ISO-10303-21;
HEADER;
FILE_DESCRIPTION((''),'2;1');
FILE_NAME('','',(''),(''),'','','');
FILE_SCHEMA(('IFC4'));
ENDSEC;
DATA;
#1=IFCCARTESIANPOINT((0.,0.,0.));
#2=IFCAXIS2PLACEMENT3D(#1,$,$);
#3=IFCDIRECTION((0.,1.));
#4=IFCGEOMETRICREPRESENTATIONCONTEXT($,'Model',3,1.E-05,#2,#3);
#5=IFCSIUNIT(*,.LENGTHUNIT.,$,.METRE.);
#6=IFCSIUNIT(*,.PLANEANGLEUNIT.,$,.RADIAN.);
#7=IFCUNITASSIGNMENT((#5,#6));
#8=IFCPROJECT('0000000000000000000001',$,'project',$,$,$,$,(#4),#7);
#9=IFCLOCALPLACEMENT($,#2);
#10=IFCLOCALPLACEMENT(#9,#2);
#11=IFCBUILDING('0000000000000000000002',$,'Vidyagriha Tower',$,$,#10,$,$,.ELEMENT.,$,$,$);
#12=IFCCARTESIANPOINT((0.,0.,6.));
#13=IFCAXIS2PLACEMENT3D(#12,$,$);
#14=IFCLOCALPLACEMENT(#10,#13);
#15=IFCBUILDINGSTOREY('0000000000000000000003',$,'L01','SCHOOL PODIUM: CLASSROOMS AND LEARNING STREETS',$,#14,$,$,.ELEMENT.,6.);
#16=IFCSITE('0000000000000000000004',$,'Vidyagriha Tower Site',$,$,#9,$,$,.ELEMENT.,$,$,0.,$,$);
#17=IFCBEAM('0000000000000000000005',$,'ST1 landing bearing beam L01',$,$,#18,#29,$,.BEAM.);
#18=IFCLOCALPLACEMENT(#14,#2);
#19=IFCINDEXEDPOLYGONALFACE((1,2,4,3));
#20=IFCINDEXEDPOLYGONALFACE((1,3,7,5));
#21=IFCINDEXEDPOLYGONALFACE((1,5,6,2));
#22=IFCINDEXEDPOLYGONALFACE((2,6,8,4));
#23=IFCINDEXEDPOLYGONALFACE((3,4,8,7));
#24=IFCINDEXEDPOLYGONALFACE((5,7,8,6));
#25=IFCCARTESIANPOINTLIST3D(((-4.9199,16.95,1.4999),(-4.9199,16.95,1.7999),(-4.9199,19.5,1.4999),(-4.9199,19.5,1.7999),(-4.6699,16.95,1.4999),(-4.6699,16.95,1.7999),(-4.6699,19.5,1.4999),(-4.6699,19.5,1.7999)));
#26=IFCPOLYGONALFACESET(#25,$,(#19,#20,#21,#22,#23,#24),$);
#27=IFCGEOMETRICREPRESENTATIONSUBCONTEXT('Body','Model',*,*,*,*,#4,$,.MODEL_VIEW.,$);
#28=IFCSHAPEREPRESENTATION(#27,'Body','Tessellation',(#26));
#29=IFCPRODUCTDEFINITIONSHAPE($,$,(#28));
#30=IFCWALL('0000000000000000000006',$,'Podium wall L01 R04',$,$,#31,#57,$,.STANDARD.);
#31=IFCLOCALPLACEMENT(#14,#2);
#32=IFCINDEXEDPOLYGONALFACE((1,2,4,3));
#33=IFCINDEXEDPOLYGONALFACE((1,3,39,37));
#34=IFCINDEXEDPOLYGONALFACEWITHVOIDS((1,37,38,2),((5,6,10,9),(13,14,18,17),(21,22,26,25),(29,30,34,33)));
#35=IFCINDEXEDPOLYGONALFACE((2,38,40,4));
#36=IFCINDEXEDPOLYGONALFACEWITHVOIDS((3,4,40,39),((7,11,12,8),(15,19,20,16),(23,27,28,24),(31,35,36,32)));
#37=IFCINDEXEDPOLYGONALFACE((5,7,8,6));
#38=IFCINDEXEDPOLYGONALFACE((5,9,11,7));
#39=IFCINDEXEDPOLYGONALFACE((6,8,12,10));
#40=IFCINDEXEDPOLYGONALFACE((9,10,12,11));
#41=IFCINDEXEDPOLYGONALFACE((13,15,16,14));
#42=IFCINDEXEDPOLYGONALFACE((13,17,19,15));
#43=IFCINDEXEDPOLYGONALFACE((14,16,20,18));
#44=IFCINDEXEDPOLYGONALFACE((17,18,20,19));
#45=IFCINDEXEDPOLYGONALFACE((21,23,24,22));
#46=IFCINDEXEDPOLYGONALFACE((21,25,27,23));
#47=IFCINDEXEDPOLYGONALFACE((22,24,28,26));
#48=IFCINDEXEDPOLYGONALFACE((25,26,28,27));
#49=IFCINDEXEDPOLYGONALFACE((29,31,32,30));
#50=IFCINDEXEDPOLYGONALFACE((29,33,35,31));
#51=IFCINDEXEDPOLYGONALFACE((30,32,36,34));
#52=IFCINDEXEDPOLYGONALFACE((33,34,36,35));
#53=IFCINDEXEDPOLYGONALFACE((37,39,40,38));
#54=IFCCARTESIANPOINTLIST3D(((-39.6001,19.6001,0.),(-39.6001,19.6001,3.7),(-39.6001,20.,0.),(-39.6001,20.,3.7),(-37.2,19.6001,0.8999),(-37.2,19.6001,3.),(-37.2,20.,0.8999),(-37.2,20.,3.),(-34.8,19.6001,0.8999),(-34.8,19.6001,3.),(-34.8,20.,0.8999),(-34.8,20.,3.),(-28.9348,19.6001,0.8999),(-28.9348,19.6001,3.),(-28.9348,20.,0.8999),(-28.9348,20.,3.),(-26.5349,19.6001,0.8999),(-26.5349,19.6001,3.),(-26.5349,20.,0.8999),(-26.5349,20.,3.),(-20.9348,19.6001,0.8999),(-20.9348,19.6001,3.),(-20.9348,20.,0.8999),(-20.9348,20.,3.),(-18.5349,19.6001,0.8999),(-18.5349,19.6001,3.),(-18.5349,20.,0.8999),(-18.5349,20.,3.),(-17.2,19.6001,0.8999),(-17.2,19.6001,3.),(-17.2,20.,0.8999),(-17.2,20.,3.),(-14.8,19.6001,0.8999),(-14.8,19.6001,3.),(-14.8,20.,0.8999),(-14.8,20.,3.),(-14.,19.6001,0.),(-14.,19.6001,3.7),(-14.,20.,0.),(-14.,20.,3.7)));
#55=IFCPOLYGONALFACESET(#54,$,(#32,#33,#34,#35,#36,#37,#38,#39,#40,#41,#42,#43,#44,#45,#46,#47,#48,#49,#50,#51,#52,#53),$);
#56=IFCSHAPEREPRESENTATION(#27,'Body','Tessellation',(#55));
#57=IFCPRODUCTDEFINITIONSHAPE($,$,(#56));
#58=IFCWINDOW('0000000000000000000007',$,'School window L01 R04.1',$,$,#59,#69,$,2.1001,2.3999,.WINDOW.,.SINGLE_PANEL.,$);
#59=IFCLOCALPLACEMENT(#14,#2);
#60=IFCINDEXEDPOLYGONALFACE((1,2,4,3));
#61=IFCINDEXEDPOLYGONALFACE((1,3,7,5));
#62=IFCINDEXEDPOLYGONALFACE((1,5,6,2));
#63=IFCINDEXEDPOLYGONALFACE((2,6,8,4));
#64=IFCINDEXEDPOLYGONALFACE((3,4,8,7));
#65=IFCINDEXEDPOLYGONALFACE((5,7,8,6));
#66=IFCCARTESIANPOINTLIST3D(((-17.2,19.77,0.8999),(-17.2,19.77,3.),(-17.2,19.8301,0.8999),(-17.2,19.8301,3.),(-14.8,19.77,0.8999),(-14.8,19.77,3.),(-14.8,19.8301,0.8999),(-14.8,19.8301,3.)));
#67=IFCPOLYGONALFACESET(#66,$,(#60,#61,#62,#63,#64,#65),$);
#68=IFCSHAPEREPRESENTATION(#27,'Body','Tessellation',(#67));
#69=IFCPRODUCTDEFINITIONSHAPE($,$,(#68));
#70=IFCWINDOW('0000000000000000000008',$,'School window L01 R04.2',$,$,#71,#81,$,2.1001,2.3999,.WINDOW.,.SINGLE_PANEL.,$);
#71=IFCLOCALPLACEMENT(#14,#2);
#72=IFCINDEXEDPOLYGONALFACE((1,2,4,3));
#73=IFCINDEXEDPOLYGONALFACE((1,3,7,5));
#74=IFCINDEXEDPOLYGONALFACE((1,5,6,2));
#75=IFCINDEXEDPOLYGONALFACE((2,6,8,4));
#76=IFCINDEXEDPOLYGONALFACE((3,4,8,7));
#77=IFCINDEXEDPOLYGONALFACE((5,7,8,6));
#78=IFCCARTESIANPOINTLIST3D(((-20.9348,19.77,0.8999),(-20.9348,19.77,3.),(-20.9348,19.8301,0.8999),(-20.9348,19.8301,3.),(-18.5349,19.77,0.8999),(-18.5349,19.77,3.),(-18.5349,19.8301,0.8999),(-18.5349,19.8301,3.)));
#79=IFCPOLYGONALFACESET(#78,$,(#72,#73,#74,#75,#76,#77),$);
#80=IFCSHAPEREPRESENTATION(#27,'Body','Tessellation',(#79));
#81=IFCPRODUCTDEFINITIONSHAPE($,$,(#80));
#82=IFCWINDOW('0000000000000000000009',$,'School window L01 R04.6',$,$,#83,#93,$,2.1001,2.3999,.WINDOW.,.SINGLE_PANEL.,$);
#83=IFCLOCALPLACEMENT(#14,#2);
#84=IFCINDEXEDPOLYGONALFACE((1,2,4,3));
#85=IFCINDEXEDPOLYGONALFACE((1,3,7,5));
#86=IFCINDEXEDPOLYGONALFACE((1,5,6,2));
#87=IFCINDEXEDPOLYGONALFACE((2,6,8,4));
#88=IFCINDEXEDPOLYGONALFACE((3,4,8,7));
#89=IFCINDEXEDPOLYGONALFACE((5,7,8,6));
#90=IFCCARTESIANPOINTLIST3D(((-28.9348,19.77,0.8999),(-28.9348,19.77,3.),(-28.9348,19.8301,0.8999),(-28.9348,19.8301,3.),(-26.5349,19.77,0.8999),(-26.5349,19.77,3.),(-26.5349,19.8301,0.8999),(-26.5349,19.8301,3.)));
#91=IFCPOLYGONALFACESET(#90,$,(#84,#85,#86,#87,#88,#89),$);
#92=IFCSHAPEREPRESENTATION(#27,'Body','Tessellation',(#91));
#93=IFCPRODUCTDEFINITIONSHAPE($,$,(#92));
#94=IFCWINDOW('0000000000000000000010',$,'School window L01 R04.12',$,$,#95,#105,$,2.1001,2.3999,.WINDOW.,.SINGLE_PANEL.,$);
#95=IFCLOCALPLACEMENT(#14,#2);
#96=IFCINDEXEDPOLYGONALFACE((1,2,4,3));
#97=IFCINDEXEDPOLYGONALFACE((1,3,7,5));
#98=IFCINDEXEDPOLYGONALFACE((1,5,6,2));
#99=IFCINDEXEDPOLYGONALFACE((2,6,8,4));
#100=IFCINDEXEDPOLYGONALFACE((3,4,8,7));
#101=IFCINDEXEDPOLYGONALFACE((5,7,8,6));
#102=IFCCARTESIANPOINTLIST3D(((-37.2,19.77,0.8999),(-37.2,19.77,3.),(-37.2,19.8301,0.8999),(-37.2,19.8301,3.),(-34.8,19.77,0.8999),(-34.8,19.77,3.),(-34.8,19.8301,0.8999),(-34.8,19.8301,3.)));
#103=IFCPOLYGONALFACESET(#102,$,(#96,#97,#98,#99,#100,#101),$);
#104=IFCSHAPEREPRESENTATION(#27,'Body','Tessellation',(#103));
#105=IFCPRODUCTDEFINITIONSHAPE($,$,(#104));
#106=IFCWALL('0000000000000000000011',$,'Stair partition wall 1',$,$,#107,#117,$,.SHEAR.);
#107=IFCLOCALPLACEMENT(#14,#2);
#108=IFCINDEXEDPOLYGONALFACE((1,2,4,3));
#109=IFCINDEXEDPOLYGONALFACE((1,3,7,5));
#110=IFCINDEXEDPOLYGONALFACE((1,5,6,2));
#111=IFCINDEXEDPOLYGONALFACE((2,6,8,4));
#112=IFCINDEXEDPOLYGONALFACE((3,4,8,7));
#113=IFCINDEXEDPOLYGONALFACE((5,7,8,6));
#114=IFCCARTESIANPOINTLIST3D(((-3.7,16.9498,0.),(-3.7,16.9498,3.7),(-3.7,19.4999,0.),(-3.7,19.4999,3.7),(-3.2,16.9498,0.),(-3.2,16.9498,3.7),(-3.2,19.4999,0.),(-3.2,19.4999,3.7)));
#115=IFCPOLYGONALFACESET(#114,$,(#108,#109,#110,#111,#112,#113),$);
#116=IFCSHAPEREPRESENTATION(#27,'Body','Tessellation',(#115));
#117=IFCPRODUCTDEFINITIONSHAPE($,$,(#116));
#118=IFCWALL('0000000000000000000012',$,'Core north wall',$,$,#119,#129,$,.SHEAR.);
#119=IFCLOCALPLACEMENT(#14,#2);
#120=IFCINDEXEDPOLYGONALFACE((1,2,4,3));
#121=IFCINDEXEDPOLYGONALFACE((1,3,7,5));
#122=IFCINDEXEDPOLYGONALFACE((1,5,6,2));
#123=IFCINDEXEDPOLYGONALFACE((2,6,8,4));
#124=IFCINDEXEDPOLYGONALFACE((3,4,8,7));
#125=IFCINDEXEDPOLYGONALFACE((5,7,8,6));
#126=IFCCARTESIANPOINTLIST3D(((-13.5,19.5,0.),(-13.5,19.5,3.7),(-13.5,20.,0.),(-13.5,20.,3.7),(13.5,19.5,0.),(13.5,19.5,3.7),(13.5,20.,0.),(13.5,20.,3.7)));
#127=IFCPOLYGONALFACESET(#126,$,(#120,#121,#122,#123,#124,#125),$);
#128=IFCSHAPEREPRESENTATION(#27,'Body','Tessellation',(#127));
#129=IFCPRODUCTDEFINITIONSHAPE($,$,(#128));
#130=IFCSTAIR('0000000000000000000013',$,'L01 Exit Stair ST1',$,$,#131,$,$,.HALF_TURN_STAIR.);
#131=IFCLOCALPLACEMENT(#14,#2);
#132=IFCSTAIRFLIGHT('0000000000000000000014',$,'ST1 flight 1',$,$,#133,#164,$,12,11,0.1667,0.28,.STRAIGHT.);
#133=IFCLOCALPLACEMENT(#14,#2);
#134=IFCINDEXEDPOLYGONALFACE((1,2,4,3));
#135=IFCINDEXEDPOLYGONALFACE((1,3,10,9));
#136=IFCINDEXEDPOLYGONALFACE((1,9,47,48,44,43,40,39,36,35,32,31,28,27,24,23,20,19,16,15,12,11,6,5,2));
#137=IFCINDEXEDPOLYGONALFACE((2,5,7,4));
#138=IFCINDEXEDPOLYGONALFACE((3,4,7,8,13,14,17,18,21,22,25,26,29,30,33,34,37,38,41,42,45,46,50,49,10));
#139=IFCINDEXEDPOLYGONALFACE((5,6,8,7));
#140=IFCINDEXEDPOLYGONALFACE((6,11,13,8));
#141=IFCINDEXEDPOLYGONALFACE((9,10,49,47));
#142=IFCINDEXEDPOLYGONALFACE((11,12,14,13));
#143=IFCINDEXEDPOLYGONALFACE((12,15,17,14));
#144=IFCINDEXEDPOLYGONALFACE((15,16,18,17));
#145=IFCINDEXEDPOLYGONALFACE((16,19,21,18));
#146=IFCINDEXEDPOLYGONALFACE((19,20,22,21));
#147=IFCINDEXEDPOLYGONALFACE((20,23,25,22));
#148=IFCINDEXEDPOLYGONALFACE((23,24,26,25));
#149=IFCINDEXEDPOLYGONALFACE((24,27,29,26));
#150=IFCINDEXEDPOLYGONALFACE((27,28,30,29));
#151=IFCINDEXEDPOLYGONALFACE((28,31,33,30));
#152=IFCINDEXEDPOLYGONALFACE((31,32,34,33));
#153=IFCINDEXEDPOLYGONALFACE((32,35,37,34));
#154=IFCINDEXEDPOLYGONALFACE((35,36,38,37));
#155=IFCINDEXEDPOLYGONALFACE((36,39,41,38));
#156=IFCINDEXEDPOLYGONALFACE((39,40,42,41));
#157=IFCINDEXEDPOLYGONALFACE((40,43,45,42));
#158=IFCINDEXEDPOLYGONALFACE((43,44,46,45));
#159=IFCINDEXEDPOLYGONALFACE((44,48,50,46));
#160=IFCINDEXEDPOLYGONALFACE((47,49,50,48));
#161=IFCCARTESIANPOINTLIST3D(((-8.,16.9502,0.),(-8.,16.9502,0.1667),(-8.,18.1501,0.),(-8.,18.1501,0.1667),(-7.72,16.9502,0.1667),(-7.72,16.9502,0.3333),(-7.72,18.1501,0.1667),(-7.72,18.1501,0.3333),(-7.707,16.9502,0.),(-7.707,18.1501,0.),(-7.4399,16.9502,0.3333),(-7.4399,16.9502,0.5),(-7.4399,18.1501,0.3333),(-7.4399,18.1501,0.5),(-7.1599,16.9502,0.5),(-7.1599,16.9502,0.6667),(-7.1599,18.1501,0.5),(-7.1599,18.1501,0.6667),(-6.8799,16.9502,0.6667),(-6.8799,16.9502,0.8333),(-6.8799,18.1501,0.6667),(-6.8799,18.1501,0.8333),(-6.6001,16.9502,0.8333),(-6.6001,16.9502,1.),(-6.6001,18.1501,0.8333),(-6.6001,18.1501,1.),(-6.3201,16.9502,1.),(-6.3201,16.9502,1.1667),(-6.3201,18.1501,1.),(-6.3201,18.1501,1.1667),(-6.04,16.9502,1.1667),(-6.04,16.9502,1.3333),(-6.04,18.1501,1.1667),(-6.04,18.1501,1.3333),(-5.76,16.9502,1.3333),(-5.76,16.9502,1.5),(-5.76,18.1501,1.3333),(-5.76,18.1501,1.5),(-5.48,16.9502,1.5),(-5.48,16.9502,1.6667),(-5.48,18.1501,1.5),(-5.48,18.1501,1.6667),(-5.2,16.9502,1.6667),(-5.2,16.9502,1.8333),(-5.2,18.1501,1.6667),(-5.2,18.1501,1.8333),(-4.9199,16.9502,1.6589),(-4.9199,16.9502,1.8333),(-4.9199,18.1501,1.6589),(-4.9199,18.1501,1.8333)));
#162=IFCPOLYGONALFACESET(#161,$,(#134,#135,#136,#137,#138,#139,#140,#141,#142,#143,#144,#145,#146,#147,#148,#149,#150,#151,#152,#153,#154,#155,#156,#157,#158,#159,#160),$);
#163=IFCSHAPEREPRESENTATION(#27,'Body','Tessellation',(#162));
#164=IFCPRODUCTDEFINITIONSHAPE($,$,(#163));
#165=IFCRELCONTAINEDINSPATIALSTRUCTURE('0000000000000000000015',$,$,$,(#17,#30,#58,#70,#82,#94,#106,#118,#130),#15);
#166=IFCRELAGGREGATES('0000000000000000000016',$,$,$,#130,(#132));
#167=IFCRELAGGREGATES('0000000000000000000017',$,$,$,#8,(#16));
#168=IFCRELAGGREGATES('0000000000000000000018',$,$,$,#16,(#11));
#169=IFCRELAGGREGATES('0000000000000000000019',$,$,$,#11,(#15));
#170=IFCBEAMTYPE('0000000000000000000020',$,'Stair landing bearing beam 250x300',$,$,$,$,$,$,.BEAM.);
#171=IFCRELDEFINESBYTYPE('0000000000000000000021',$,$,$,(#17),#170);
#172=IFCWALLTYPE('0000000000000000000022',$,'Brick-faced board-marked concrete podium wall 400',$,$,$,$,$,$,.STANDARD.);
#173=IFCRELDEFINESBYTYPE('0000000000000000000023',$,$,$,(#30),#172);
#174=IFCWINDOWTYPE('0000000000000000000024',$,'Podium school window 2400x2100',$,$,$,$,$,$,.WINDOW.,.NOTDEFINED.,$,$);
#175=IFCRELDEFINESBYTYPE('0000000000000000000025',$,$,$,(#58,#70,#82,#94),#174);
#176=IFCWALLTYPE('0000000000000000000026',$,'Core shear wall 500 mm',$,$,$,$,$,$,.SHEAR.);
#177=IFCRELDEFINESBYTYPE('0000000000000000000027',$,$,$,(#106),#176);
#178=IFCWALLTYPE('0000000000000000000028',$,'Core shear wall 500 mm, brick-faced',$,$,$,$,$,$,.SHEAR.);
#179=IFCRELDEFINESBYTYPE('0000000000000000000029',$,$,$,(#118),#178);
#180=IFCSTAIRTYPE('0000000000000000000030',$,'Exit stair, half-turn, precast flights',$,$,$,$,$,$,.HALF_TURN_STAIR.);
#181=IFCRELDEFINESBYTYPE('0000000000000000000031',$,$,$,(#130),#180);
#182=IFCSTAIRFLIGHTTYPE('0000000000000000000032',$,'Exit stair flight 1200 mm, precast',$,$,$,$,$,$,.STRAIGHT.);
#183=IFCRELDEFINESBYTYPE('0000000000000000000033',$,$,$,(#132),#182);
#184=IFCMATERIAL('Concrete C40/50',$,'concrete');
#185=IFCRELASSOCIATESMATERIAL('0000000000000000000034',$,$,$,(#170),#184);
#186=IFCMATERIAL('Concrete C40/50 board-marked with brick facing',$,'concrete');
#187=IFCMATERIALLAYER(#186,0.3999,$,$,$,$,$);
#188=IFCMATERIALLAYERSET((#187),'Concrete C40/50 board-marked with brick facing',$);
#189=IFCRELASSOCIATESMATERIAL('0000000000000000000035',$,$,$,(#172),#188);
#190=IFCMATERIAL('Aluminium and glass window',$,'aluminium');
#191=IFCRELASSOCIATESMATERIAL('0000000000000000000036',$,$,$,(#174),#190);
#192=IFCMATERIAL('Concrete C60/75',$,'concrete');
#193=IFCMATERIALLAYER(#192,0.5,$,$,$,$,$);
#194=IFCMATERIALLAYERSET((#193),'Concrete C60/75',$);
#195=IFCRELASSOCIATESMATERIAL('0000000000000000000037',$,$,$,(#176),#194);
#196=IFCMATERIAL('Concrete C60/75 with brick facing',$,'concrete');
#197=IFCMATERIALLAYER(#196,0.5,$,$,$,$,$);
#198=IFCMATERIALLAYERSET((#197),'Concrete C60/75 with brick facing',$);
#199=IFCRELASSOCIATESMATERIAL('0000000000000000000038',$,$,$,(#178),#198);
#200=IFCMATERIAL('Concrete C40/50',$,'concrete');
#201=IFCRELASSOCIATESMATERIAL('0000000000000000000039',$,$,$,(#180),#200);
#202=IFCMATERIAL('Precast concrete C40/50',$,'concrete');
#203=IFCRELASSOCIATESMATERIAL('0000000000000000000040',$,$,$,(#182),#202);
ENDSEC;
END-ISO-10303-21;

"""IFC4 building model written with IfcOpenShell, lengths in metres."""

from ifc_helpers import new_model, si_unit, direction, frame, frame_2d, origin, origin_2d, place, context, subcontext, project, spatial, polyline, rectangle, outline, extrude, material, layer, layer_set, material_profile, profile_set, type_object, element, fill, aggregate, save


model = new_model("IFC4")

# Units and contexts
model_context = context("Model", 3, precision=1e-05, world=origin(), true_north=direction((0.0, 1.0)))
body_context = subcontext(model_context, "Body", "Model", "MODEL_VIEW")
ifc_project = project(units=[si_unit("LENGTHUNIT", "METRE"), si_unit("PLANEANGLEUNIT", "RADIAN")], contexts=[model_context])

# Site, building, storey
site_placement = place(None, origin())
site = spatial("IfcSite", under=ifc_project, at=site_placement, Name="Vidyagriha Tower Site", CompositionType="ELEMENT", RefElevation=0.0)
building_placement = place(site_placement, origin())
building = spatial("IfcBuilding", under=site, at=building_placement, Name="Vidyagriha Tower", CompositionType="ELEMENT")
storey_placement = place(building_placement, frame((0.0, 0.0, 6.0)))
storey = spatial("IfcBuildingStorey", under=building, at=storey_placement, Name="L01", Description="SCHOOL PODIUM: CLASSROOMS AND LEARNING STREETS", CompositionType="ELEMENT", Elevation=6.0)

# Beam
ifc_material_1 = material(Name="Concrete C40/50", Category="concrete")
ifc_material_profile = material_profile(ifc_material_1, rectangle(XDim=0.25, YDim=0.3, at=origin_2d()), Name="Stair landing bearing beam 250x300")
ifc_profile_set = profile_set([ifc_material_profile], Name="Concrete C40/50")
beam_type = type_object("IfcBeamType", Name="Stair landing bearing beam 250x300", PredefinedType="BEAM", material=ifc_profile_set)
beam_placement = place(storey_placement, frame((-4.7949, 16.95, 1.6499), z_axis=(0.0, 1.0, 0.0), x_axis=(-1.0, 0.0, 0.0)))
element("IfcBeam", 1, at=beam_placement, inside=storey, type_object=beam_type, Name="ST1 landing bearing beam L01", PredefinedType="BEAM", context=body_context, shape_type="SweptSolid", body=[
    extrude(rectangle(XDim=0.25, YDim=0.3, at=origin_2d()), origin(), (0.0, 0.0, 1.0), 2.55),
])

# Wall, openings, windows
ifc_material_2 = material(Name="Concrete C40/50 board-marked with brick facing", Category="concrete")
ifc_layer_1 = layer(ifc_material_2, 0.3999)
ifc_layer_set_1 = layer_set([ifc_layer_1], Name="Concrete C40/50 board-marked with brick facing")
wall_type_1 = type_object("IfcWallType", Name="Brick-faced board-marked concrete podium wall 400", PredefinedType="STANDARD", material=ifc_layer_set_1)
wall_1_placement = place(storey_placement, frame((-14.0, 19.8, 0.0), z_axis=(0.0, 0.0, 1.0), x_axis=(-1.0, 0.0, 0.0)))
wall_1 = element("IfcWall", 2, at=wall_1_placement, inside=storey, type_object=wall_type_1, Name="Podium wall L01 R04", PredefinedType="STANDARD", context=body_context, shape_type="SweptSolid", body=[
    extrude(rectangle(XDim=25.6001, YDim=0.3999, at=frame_2d((12.8, 0.0))), origin(), (0.0, 0.0, 1.0), 3.7),
])
opening_1_placement = place(wall_1_placement, frame((0.8, 0.0, 0.8999)))
opening_1 = element("IfcOpeningElement", 3, at=opening_1_placement, cuts=wall_1, PredefinedType="OPENING", context=body_context, shape_type="SweptSolid", body=[
    extrude(rectangle(XDim=2.3999, YDim=2.1001, at=frame_2d((1.2, 1.05))), frame((0.0, 0.21, 0.0), z_axis=(0.0, -1.0, 0.0), x_axis=(1.0, 0.0, 0.0)), (0.0, 0.0, 1.0), 0.4199),
])
opening_2_placement = place(wall_1_placement, frame((4.5349, 0.0, 0.8999)))
opening_2 = element("IfcOpeningElement", 4, at=opening_2_placement, cuts=wall_1, PredefinedType="OPENING", context=body_context, shape_type="SweptSolid", body=[
    extrude(rectangle(XDim=2.3999, YDim=2.1001, at=frame_2d((1.2, 1.05))), frame((0.0, 0.21, 0.0), z_axis=(0.0, -1.0, 0.0), x_axis=(1.0, 0.0, 0.0)), (0.0, 0.0, 1.0), 0.4199),
])
opening_3_placement = place(wall_1_placement, frame((12.5349, 0.0, 0.8999)))
opening_3 = element("IfcOpeningElement", 5, at=opening_3_placement, cuts=wall_1, PredefinedType="OPENING", context=body_context, shape_type="SweptSolid", body=[
    extrude(rectangle(XDim=2.3999, YDim=2.1001, at=frame_2d((1.2, 1.05))), frame((0.0, 0.21, 0.0), z_axis=(0.0, -1.0, 0.0), x_axis=(1.0, 0.0, 0.0)), (0.0, 0.0, 1.0), 0.4199),
])
opening_4_placement = place(wall_1_placement, frame((20.8, 0.0, 0.8999)))
opening_4 = element("IfcOpeningElement", 6, at=opening_4_placement, cuts=wall_1, PredefinedType="OPENING", context=body_context, shape_type="SweptSolid", body=[
    extrude(rectangle(XDim=2.3999, YDim=2.1001, at=frame_2d((1.2, 1.05))), frame((0.0, 0.21, 0.0), z_axis=(0.0, -1.0, 0.0), x_axis=(1.0, 0.0, 0.0)), (0.0, 0.0, 1.0), 0.4199),
])
ifc_material_3 = material(Name="Aluminium and glass window", Category="aluminium")
window_type = type_object("IfcWindowType", Name="Podium school window 2400x2100", PartitioningType="NOTDEFINED", PredefinedType="WINDOW", material=ifc_material_3)
window_1_placement = place(opening_1_placement, origin())
window_1 = element("IfcWindow", 7, at=window_1_placement, inside=storey, type_object=window_type, Name="School window L01 R04.1", OverallHeight=2.1001, OverallWidth=2.3999, PartitioningType="SINGLE_PANEL", PredefinedType="WINDOW", context=body_context, shape_type="SweptSolid", body=[
    extrude(rectangle(XDim=2.3999, YDim=2.1001, at=frame_2d((1.2, 1.05))), frame((0.0, 0.03, 0.0), z_axis=(0.0, -1.0, 0.0), x_axis=(1.0, 0.0, 0.0)), (0.0, 0.0, 1.0), 0.0601),
])
fill(opening_1, window_1)
window_2_placement = place(opening_2_placement, origin())
window_2 = element("IfcWindow", 8, at=window_2_placement, inside=storey, type_object=window_type, Name="School window L01 R04.2", OverallHeight=2.1001, OverallWidth=2.3999, PartitioningType="SINGLE_PANEL", PredefinedType="WINDOW", context=body_context, shape_type="SweptSolid", body=[
    extrude(rectangle(XDim=2.3999, YDim=2.1001, at=frame_2d((1.2, 1.05))), frame((0.0, 0.03, 0.0), z_axis=(0.0, -1.0, 0.0), x_axis=(1.0, 0.0, 0.0)), (0.0, 0.0, 1.0), 0.0601),
])
fill(opening_2, window_2)
window_3_placement = place(opening_3_placement, origin())
window_3 = element("IfcWindow", 9, at=window_3_placement, inside=storey, type_object=window_type, Name="School window L01 R04.6", OverallHeight=2.1001, OverallWidth=2.3999, PartitioningType="SINGLE_PANEL", PredefinedType="WINDOW", context=body_context, shape_type="SweptSolid", body=[
    extrude(rectangle(XDim=2.3999, YDim=2.1001, at=frame_2d((1.2, 1.05))), frame((0.0, 0.03, 0.0), z_axis=(0.0, -1.0, 0.0), x_axis=(1.0, 0.0, 0.0)), (0.0, 0.0, 1.0), 0.0601),
])
fill(opening_3, window_3)
window_4_placement = place(opening_4_placement, origin())
window_4 = element("IfcWindow", 10, at=window_4_placement, inside=storey, type_object=window_type, Name="School window L01 R04.12", OverallHeight=2.1001, OverallWidth=2.3999, PartitioningType="SINGLE_PANEL", PredefinedType="WINDOW", context=body_context, shape_type="SweptSolid", body=[
    extrude(rectangle(XDim=2.3999, YDim=2.1001, at=frame_2d((1.2, 1.05))), frame((0.0, 0.03, 0.0), z_axis=(0.0, -1.0, 0.0), x_axis=(1.0, 0.0, 0.0)), (0.0, 0.0, 1.0), 0.0601),
])
fill(opening_4, window_4)

# Walls
ifc_material_4 = material(Name="Concrete C60/75", Category="concrete")
ifc_layer_2 = layer(ifc_material_4, 0.5)
ifc_layer_set_2 = layer_set([ifc_layer_2], Name="Concrete C60/75")
wall_type_2 = type_object("IfcWallType", Name="Core shear wall 500 mm", PredefinedType="SHEAR", material=ifc_layer_set_2)
wall_2_placement = place(storey_placement, frame((-3.45, 16.95, 0.0), z_axis=(0.0, 0.0, 1.0), x_axis=(0.0, 1.0, 0.0)))
element("IfcWall", 11, at=wall_2_placement, inside=storey, type_object=wall_type_2, Name="Stair partition wall 1", PredefinedType="SHEAR", context=body_context, shape_type="SweptSolid", body=[
    extrude(rectangle(XDim=2.55, YDim=0.5, at=frame_2d((1.2749, 0.0))), origin(), (0.0, 0.0, 1.0), 3.7),
])
ifc_material_5 = material(Name="Concrete C60/75 with brick facing", Category="concrete")
ifc_layer_3 = layer(ifc_material_5, 0.5)
ifc_layer_set_3 = layer_set([ifc_layer_3], Name="Concrete C60/75 with brick facing")
wall_type_3 = type_object("IfcWallType", Name="Core shear wall 500 mm, brick-faced", PredefinedType="SHEAR", material=ifc_layer_set_3)
wall_3_placement = place(storey_placement, frame((-13.5, 19.75, 0.0)))
element("IfcWall", 12, at=wall_3_placement, inside=storey, type_object=wall_type_3, Name="Core north wall", PredefinedType="SHEAR", context=body_context, shape_type="SweptSolid", body=[
    extrude(rectangle(XDim=27.0, YDim=0.5, at=frame_2d((13.5, 0.0))), origin(), (0.0, 0.0, 1.0), 3.7),
])

# Stair, stair flight
ifc_material_6 = material(Name="Concrete C40/50", Category="concrete")
stair_type = type_object("IfcStairType", Name="Exit stair, half-turn, precast flights", PredefinedType="HALF_TURN_STAIR", material=ifc_material_6)
stair_1_placement = place(storey_placement, origin())
stair_1 = element("IfcStair", 13, at=stair_1_placement, inside=storey, type_object=stair_type, Name="L01 Exit Stair ST1", PredefinedType="HALF_TURN_STAIR")
ifc_material_7 = material(Name="Precast concrete C40/50", Category="concrete")
stair_flight_type = type_object("IfcStairFlightType", Name="Exit stair flight 1200 mm, precast", PredefinedType="STRAIGHT", material=ifc_material_7)
stair_flight_1_placement = place(storey_placement, frame((-8.0, 17.55, 0.0)))
stair_flight_1 = element("IfcStairFlight", 14, at=stair_flight_1_placement, type_object=stair_flight_type, Name="ST1 flight 1", NumberOfRisers=12, NumberOfTreads=11, PredefinedType="STRAIGHT", RiserHeight=0.1667, TreadLength=0.28, context=body_context, shape_type="SweptSolid", body=[
    extrude(outline(polyline([(0.0, 0.0), (0.0, 0.1667), (0.28, 0.1667), (0.28, 0.3333), (0.5601, 0.3333), (0.5601, 0.5), (0.8401, 0.5), (0.8401, 0.6667), (1.1201, 0.6667), (1.1201, 0.8333), (1.3999, 0.8333), (1.3999, 1.0), (1.6799, 1.0), (1.6799, 1.1667), (1.96, 1.1667), (1.96, 1.3333), (2.24, 1.3333), (2.24, 1.5), (2.52, 1.5), (2.52, 1.6667), (2.8, 1.6667), (2.8, 1.8333), (3.0801, 1.8333), (3.0801, 2.0), (3.0801, 1.6589), (0.293, 0.0), (0.0, 0.0)])), frame((0.0, 0.6001, 0.0), z_axis=(0.0, -1.0, 0.0), x_axis=(1.0, 0.0, 0.0)), (0.0, 0.0, 1.0), 1.2),
])
aggregate(stair_1, [stair_flight_1])

save(model, "model.ifc")
